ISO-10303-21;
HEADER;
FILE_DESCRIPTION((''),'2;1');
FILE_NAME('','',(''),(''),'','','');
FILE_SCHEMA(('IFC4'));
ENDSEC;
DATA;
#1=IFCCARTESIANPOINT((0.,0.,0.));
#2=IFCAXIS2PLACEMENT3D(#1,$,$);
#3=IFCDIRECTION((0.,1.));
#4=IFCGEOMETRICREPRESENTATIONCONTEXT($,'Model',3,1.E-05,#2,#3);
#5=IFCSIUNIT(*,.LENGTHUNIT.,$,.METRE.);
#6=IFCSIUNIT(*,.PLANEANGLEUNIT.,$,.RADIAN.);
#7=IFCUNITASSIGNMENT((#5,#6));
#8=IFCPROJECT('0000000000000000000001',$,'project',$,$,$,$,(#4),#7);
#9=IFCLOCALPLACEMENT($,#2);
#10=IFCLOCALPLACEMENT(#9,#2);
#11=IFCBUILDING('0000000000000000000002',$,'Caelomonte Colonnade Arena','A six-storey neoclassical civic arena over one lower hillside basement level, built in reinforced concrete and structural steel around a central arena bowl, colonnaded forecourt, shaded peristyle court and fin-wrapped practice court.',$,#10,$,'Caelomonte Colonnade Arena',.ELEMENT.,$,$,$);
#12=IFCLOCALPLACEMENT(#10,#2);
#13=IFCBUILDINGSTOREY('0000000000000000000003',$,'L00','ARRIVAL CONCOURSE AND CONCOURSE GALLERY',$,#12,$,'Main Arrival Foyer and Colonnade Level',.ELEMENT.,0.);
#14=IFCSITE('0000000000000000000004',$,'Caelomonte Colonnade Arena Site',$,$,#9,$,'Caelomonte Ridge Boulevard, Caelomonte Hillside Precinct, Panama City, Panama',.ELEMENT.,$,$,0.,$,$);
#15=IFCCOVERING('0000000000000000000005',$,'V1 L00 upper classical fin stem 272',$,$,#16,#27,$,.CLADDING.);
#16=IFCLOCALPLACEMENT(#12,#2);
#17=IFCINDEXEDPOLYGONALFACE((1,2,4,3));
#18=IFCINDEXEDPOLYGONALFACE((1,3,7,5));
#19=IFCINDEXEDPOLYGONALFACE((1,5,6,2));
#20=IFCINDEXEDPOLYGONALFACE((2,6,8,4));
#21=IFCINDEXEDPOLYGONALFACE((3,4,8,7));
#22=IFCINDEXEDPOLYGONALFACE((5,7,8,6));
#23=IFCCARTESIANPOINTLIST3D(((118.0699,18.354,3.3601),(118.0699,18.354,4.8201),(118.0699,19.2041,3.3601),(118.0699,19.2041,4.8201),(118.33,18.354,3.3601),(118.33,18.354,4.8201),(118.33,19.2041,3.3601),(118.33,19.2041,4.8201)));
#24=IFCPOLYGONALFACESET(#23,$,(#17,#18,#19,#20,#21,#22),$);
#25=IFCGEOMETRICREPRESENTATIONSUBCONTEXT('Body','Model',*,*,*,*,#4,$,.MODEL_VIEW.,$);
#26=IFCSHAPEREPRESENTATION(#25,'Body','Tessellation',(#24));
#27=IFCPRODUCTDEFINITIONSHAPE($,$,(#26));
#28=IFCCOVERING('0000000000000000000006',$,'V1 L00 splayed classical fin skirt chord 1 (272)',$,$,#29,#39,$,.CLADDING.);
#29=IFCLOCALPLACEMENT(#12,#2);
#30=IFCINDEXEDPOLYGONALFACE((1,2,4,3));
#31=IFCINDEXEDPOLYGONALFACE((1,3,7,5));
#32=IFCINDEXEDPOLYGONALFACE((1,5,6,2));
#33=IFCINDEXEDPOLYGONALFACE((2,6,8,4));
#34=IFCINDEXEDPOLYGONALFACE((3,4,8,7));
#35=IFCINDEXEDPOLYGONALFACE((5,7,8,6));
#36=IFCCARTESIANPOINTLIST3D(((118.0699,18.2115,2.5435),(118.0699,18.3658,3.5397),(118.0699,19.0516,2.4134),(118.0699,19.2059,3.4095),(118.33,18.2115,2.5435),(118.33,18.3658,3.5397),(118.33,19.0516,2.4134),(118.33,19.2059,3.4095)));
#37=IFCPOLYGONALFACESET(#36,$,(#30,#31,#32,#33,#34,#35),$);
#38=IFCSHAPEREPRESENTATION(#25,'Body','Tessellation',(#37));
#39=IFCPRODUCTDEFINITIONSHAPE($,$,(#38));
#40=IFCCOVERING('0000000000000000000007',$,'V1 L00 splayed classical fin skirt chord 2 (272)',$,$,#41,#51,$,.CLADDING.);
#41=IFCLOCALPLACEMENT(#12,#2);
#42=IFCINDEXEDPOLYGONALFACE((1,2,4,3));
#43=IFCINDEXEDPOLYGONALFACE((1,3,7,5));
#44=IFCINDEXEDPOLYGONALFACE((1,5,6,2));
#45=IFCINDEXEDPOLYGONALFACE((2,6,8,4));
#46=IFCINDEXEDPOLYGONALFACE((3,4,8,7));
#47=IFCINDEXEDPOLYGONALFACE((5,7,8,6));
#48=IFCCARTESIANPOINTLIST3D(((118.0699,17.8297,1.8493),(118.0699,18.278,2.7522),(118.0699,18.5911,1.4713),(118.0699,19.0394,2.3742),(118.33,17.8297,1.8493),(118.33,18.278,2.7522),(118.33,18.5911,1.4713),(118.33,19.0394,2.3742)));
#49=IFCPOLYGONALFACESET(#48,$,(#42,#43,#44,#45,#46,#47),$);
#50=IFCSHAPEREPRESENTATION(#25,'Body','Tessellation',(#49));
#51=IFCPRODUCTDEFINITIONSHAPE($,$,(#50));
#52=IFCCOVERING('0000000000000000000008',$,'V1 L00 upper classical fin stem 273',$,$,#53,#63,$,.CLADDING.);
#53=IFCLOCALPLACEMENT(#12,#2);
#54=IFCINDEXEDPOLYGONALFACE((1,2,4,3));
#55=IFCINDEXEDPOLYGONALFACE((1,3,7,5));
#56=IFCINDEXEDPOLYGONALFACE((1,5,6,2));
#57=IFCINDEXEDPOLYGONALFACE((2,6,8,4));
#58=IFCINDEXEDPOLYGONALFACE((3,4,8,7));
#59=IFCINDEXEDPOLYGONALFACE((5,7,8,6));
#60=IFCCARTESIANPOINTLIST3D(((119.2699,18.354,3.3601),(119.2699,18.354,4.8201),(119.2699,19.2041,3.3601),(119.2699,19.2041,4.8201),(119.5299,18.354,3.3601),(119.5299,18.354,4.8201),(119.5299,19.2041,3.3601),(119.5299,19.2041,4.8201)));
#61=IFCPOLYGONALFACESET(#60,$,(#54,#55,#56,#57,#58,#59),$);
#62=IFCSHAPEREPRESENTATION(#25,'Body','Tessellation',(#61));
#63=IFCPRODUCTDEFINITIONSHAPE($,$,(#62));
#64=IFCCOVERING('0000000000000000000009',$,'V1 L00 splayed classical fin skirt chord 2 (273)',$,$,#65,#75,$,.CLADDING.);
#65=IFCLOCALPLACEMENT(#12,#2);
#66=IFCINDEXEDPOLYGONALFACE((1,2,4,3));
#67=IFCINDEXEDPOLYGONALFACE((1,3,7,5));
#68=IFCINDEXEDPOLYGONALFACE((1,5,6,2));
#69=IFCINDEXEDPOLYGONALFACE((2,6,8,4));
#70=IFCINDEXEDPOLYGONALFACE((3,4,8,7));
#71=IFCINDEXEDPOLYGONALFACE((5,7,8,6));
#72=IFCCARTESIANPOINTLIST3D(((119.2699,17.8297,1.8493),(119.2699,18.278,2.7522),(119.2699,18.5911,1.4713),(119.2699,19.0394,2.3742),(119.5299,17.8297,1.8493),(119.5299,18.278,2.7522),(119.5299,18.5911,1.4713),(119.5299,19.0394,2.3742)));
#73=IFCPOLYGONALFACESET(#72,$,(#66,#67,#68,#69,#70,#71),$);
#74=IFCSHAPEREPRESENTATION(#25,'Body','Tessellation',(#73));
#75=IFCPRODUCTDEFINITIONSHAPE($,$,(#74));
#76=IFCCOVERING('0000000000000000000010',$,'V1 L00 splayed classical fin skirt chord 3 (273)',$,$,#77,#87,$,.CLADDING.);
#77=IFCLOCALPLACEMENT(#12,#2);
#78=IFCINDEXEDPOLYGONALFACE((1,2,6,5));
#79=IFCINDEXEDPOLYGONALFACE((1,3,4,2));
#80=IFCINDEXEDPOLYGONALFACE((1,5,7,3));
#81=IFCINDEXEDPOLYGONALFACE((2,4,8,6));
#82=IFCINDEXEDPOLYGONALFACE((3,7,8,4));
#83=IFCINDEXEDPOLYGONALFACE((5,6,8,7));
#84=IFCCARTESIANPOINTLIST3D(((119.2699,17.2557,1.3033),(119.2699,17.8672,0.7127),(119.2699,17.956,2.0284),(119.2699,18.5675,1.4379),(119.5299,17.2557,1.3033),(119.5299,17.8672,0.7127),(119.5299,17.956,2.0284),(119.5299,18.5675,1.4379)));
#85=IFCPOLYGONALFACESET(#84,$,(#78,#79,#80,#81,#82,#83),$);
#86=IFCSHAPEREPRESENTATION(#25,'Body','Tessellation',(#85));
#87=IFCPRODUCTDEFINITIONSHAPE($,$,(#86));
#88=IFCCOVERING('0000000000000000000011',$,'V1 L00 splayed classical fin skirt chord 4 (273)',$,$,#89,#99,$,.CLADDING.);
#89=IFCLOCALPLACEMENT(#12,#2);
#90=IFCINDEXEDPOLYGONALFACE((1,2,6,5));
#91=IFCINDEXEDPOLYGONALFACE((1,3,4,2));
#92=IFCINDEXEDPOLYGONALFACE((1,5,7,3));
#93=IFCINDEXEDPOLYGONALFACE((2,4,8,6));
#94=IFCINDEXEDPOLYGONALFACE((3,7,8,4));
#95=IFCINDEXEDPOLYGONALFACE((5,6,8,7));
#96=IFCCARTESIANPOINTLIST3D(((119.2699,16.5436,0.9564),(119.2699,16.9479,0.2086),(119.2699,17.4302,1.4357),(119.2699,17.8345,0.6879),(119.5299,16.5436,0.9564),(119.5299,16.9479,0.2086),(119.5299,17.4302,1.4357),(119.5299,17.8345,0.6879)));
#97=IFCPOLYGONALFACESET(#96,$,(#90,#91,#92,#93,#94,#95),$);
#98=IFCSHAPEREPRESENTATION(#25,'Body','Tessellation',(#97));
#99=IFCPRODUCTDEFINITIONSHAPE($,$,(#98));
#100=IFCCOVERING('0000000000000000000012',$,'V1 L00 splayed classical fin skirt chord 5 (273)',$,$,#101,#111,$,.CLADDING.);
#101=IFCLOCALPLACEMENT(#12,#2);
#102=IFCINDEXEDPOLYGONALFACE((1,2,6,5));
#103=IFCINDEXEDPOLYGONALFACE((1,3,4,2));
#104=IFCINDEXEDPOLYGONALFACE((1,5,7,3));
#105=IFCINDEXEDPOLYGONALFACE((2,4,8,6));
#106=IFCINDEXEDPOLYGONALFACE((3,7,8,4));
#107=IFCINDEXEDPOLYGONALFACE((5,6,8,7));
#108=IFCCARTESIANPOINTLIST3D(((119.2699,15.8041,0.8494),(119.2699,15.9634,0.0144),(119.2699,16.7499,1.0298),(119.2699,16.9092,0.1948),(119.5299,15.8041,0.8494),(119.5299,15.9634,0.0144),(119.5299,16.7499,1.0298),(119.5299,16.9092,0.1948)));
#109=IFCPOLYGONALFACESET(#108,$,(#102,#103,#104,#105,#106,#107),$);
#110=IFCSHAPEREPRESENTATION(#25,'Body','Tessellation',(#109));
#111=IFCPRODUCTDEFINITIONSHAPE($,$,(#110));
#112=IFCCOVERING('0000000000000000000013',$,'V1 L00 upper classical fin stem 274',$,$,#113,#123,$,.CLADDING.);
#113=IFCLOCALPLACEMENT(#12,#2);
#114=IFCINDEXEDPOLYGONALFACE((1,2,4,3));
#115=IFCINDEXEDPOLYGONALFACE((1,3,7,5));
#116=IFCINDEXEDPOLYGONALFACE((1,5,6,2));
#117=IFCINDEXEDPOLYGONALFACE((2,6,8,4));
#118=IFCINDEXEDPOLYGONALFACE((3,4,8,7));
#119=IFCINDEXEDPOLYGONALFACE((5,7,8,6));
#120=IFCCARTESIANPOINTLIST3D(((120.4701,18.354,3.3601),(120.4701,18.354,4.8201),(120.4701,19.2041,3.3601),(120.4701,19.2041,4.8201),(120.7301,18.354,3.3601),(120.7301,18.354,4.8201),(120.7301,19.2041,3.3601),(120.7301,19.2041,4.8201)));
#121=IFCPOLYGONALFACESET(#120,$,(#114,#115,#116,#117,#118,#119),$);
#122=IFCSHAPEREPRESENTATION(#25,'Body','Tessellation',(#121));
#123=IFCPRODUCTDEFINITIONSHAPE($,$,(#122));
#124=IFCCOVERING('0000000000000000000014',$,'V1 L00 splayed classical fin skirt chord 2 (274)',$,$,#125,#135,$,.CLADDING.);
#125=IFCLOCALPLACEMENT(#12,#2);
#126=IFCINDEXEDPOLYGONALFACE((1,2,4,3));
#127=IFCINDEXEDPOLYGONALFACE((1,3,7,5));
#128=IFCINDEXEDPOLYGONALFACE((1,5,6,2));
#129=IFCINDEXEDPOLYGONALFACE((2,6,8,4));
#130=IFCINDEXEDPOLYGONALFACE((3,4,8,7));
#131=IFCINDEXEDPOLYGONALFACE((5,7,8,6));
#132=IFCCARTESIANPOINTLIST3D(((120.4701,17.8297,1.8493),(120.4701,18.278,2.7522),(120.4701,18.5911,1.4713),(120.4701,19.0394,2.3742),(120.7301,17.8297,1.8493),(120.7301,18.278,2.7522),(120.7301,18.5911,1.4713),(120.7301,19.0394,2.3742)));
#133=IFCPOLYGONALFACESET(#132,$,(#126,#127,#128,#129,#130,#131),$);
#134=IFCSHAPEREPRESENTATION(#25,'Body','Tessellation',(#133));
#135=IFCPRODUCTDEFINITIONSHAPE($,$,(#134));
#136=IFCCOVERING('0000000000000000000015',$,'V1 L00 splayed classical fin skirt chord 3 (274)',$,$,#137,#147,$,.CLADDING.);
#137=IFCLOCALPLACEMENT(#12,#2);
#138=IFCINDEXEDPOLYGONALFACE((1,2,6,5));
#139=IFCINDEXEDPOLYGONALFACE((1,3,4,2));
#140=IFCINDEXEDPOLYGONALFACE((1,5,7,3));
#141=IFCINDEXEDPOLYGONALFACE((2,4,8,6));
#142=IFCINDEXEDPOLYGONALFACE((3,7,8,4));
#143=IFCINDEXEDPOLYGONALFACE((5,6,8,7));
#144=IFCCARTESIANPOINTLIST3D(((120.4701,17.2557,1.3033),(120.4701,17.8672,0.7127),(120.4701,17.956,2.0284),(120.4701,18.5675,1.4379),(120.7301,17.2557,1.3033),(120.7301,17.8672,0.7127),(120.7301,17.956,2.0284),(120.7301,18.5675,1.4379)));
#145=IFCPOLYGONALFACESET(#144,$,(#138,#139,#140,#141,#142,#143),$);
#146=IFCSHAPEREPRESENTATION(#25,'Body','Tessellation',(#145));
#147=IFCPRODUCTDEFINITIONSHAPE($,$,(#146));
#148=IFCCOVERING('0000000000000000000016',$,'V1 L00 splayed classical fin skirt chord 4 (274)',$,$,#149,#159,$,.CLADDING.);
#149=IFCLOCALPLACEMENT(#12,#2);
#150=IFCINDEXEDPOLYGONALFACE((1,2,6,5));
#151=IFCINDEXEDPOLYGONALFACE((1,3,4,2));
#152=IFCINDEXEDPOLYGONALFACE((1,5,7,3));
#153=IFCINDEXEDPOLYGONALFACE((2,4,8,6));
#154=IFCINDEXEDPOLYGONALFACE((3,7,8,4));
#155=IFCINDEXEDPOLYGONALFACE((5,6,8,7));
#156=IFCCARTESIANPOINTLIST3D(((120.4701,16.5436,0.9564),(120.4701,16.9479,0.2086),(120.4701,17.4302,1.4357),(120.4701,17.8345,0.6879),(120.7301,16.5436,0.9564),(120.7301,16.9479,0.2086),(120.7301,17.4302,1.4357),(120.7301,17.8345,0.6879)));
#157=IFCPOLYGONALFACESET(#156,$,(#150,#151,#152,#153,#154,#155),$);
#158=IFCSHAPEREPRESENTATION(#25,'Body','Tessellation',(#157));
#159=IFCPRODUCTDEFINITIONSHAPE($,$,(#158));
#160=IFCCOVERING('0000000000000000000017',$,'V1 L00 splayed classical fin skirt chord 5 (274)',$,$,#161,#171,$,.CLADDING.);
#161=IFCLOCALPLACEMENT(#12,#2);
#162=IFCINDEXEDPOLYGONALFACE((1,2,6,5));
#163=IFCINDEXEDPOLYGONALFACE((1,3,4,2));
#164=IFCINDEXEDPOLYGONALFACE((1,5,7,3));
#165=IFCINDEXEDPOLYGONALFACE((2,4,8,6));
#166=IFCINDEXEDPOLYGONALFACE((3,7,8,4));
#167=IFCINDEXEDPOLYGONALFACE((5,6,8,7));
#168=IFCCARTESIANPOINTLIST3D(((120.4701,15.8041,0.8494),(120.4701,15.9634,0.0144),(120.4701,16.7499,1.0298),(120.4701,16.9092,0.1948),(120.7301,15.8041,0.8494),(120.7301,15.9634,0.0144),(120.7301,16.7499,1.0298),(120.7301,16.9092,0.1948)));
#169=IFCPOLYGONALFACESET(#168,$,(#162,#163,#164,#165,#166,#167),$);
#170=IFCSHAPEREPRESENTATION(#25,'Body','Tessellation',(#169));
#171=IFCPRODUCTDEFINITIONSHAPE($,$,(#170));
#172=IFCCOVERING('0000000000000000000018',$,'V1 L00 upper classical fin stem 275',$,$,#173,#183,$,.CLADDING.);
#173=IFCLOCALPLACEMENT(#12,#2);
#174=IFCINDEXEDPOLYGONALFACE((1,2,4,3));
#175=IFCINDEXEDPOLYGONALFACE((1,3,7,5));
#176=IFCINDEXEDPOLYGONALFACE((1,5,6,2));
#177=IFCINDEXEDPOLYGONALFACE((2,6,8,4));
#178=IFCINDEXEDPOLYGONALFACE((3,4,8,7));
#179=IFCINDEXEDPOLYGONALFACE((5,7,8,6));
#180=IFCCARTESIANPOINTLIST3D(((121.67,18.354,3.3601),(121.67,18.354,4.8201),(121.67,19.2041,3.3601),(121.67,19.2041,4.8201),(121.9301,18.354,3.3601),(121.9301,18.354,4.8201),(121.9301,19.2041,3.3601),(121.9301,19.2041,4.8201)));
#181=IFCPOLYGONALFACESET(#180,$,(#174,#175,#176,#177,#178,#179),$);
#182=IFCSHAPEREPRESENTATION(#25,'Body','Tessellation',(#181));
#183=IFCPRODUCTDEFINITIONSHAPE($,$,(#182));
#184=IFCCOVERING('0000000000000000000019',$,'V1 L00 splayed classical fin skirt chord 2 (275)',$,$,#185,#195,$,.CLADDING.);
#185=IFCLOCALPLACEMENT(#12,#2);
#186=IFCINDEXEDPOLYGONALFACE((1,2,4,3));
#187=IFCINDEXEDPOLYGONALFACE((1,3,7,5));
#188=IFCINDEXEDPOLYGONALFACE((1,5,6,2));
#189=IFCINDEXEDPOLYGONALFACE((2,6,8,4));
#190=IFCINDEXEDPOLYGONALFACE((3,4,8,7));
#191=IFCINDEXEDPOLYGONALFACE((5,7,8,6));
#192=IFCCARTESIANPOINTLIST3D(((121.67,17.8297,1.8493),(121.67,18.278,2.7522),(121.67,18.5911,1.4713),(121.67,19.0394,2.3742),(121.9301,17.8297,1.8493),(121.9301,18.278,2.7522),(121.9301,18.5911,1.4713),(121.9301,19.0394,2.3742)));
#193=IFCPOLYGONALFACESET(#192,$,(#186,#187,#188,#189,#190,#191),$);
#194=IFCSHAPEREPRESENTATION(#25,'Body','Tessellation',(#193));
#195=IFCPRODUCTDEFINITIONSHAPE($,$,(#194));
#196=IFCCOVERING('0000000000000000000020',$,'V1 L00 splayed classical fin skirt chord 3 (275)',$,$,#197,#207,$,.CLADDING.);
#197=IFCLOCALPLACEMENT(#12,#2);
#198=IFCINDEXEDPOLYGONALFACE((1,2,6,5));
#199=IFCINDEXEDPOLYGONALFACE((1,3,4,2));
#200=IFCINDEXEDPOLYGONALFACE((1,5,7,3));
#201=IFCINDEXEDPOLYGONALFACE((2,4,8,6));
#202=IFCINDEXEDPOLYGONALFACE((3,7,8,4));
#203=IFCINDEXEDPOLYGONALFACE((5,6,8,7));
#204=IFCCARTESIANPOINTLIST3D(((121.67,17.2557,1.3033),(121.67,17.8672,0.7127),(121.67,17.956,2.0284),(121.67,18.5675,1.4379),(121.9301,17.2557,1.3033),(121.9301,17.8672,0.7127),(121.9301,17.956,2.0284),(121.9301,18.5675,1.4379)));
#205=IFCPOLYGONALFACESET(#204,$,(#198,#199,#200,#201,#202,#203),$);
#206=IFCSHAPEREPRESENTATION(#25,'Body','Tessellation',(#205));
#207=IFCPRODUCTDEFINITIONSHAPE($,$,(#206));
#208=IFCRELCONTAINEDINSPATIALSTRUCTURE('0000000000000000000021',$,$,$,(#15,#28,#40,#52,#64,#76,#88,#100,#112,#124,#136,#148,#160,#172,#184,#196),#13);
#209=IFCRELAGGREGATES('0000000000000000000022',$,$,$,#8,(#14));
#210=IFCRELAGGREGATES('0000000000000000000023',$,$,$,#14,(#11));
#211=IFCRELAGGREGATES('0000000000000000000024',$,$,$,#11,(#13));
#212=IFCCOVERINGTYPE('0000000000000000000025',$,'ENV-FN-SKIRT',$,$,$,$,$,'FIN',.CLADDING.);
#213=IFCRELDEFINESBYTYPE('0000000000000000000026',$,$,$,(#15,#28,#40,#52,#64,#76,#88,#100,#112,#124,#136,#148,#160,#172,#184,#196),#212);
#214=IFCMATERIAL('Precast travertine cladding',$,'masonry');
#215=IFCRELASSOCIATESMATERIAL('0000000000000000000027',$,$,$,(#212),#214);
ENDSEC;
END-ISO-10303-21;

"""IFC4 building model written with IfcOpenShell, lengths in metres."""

from ifc_helpers import new_model, si_unit, direction, frame, origin, origin_2d, place, context, subcontext, project, spatial, rectangle, extrude, material, material_profile, profile_set, type_object, element, save


model = new_model("IFC4")

# Units and contexts
model_context = context("Model", 3, precision=1e-05, world=origin(), true_north=direction((0.0, 1.0)))
body_context = subcontext(model_context, "Body", "Model", "MODEL_VIEW")
ifc_project = project(units=[si_unit("LENGTHUNIT", "METRE"), si_unit("PLANEANGLEUNIT", "RADIAN")], contexts=[model_context])

# Site, building, storey
site_placement = place(None, origin())
site = spatial("IfcSite", under=ifc_project, at=site_placement, Name="Caelomonte Colonnade Arena Site", LongName="Caelomonte Ridge Boulevard, Caelomonte Hillside Precinct, Panama City, Panama", CompositionType="ELEMENT", RefElevation=0.0)
building_placement = place(site_placement, origin())
building = spatial("IfcBuilding", under=site, at=building_placement, Name="Caelomonte Colonnade Arena", Description="A six-storey neoclassical civic arena over one lower hillside basement level, built in reinforced concrete and structural steel around a central arena bowl, colonnaded forecourt, shaded peristyle court and fin-wrapped practice court.", LongName="Caelomonte Colonnade Arena", CompositionType="ELEMENT")
storey_placement = place(building_placement, origin())
storey = spatial("IfcBuildingStorey", under=building, at=storey_placement, Name="L00", Description="ARRIVAL CONCOURSE AND CONCOURSE GALLERY", LongName="Main Arrival Foyer and Colonnade Level", CompositionType="ELEMENT", Elevation=0.0)

# Coverings
ifc_material = material(Name="Precast travertine cladding", Category="masonry")
ifc_material_profile = material_profile(ifc_material, rectangle(XDim=0.26, YDim=0.8501, at=origin_2d()), Name="FIN260X850")
ifc_profile_set = profile_set([ifc_material_profile], Name="Precast travertine cladding")
covering_type = type_object("IfcCoveringType", Name="ENV-FN-SKIRT", ElementType="FIN", PredefinedType="CLADDING", material=ifc_profile_set)
covering_1_placement = place(storey_placement, frame((118.2, 18.7791, 3.3601), z_axis=(0.0, 0.0, 1.0), x_axis=(-1.0, 0.0, 0.0)))
element("IfcCovering", 1, at=covering_1_placement, inside=storey, type_object=covering_type, Name="V1 L00 upper classical fin stem 272", PredefinedType="CLADDING", context=body_context, shape_type="SweptSolid", body=[
    extrude(rectangle(XDim=0.26, YDim=0.8501, at=origin_2d()), origin(), (0.0, 0.0, 1.0), 1.46),
])
for number, where, z_axis, x_axis, name in (
    (2, (118.2, 18.7859, 3.4746), (0.0, -0.153076, -0.988214), (-1.0, 0.0, 0.0), "V1 L00 splayed classical fin skirt chord 1 (272)"),
    (3, (118.2, 18.6587, 2.5632), (0.0, -0.444693, -0.895683), (-1.0, 0.0, 0.0), "V1 L00 splayed classical fin skirt chord 2 (272)"),
):
    element("IfcCovering", number, at=place(storey_placement, frame(where, z_axis=z_axis, x_axis=x_axis)), inside=storey, type_object=covering_type, Name=name, PredefinedType="CLADDING", context=body_context, shape_type="SweptSolid", body=[
        extrude(rectangle(XDim=0.26, YDim=0.8501, at=origin_2d()), origin(), (0.0, 0.0, 1.0), 1.0081),
    ])
covering_2_placement = place(storey_placement, frame((119.3999, 18.7791, 3.3601), z_axis=(0.0, 0.0, 1.0), x_axis=(-1.0, 0.0, 0.0)))
element("IfcCovering", 4, at=covering_2_placement, inside=storey, type_object=covering_type, Name="V1 L00 upper classical fin stem 273", PredefinedType="CLADDING", context=body_context, shape_type="SweptSolid", body=[
    extrude(rectangle(XDim=0.26, YDim=0.8501, at=origin_2d()), origin(), (0.0, 0.0, 1.0), 1.46),
])
for number, where, z_axis, x_axis, name in (
    (5, (119.3999, 18.6587, 2.5632), (0.0, -0.444693, -0.895683), (-1.0, 0.0, 0.0), "V1 L00 splayed classical fin skirt chord 2 (273)"),
    (6, (119.3999, 18.2617, 1.7332), (0.0, -0.694646, -0.719351), (-1.0, 0.0, 0.0), "V1 L00 splayed classical fin skirt chord 3 (273)"),
):
    element("IfcCovering", number, at=place(storey_placement, frame(where, z_axis=z_axis, x_axis=x_axis)), inside=storey, type_object=covering_type, Name=name, PredefinedType="CLADDING", context=body_context, shape_type="SweptSolid", body=[
        extrude(rectangle(XDim=0.26, YDim=0.8501, at=origin_2d()), origin(), (0.0, 0.0, 1.0), 1.0081),
    ])
covering_3_placement = place(storey_placement, frame((119.3999, 17.6323, 1.0618), z_axis=(0.0, -0.879676, -0.475573), x_axis=(-1.0, 0.0, 0.0)))
element("IfcCovering", 7, at=covering_3_placement, inside=storey, type_object=covering_type, Name="V1 L00 splayed classical fin skirt chord 4 (273)", PredefinedType="CLADDING", context=body_context, shape_type="SweptSolid", body=[
    extrude(rectangle(XDim=0.26, YDim=0.8501, at=origin_2d()), origin(), (0.0, 0.0, 1.0), 1.0078),
])
covering_4_placement = place(storey_placement, frame((119.3999, 16.8296, 0.6123), z_axis=(0.0, -0.982287, -0.18738), x_axis=(-1.0, 0.0, 0.0)))
element("IfcCovering", 8, at=covering_4_placement, inside=storey, type_object=covering_type, Name="V1 L00 splayed classical fin skirt chord 5 (273)", PredefinedType="CLADDING", context=body_context, shape_type="SweptSolid", body=[
    extrude(rectangle(XDim=0.26, YDim=0.8501, at=origin_2d()), origin(), (0.0, 0.0, 1.0), 0.9629),
])
covering_5_placement = place(storey_placement, frame((120.6001, 18.7791, 3.3601), z_axis=(0.0, 0.0, 1.0), x_axis=(-1.0, 0.0, 0.0)))
element("IfcCovering", 9, at=covering_5_placement, inside=storey, type_object=covering_type, Name="V1 L00 upper classical fin stem 274", PredefinedType="CLADDING", context=body_context, shape_type="SweptSolid", body=[
    extrude(rectangle(XDim=0.26, YDim=0.8501, at=origin_2d()), origin(), (0.0, 0.0, 1.0), 1.46),
])
for number, where, z_axis, x_axis, name in (
    (10, (120.6001, 18.6587, 2.5632), (0.0, -0.444693, -0.895683), (-1.0, 0.0, 0.0), "V1 L00 splayed classical fin skirt chord 2 (274)"),
    (11, (120.6001, 18.2617, 1.7332), (0.0, -0.694646, -0.719351), (-1.0, 0.0, 0.0), "V1 L00 splayed classical fin skirt chord 3 (274)"),
):
    element("IfcCovering", number, at=place(storey_placement, frame(where, z_axis=z_axis, x_axis=x_axis)), inside=storey, type_object=covering_type, Name=name, PredefinedType="CLADDING", context=body_context, shape_type="SweptSolid", body=[
        extrude(rectangle(XDim=0.26, YDim=0.8501, at=origin_2d()), origin(), (0.0, 0.0, 1.0), 1.0081),
    ])
covering_6_placement = place(storey_placement, frame((120.6001, 17.6323, 1.0618), z_axis=(0.0, -0.879676, -0.475573), x_axis=(-1.0, 0.0, 0.0)))
element("IfcCovering", 12, at=covering_6_placement, inside=storey, type_object=covering_type, Name="V1 L00 splayed classical fin skirt chord 4 (274)", PredefinedType="CLADDING", context=body_context, shape_type="SweptSolid", body=[
    extrude(rectangle(XDim=0.26, YDim=0.8501, at=origin_2d()), origin(), (0.0, 0.0, 1.0), 1.0078),
])
covering_7_placement = place(storey_placement, frame((120.6001, 16.8296, 0.6123), z_axis=(0.0, -0.982287, -0.18738), x_axis=(-1.0, 0.0, 0.0)))
element("IfcCovering", 13, at=covering_7_placement, inside=storey, type_object=covering_type, Name="V1 L00 splayed classical fin skirt chord 5 (274)", PredefinedType="CLADDING", context=body_context, shape_type="SweptSolid", body=[
    extrude(rectangle(XDim=0.26, YDim=0.8501, at=origin_2d()), origin(), (0.0, 0.0, 1.0), 0.9629),
])
covering_8_placement = place(storey_placement, frame((121.8, 18.7791, 3.3601), z_axis=(0.0, 0.0, 1.0), x_axis=(-1.0, 0.0, 0.0)))
element("IfcCovering", 14, at=covering_8_placement, inside=storey, type_object=covering_type, Name="V1 L00 upper classical fin stem 275", PredefinedType="CLADDING", context=body_context, shape_type="SweptSolid", body=[
    extrude(rectangle(XDim=0.26, YDim=0.8501, at=origin_2d()), origin(), (0.0, 0.0, 1.0), 1.46),
])
for number, where, z_axis, x_axis, name in (
    (15, (121.8, 18.6587, 2.5632), (0.0, -0.444693, -0.895683), (-1.0, 0.0, 0.0), "V1 L00 splayed classical fin skirt chord 2 (275)"),
    (16, (121.8, 18.2617, 1.7332), (0.0, -0.694646, -0.719351), (-1.0, 0.0, 0.0), "V1 L00 splayed classical fin skirt chord 3 (275)"),
):
    element("IfcCovering", number, at=place(storey_placement, frame(where, z_axis=z_axis, x_axis=x_axis)), inside=storey, type_object=covering_type, Name=name, PredefinedType="CLADDING", context=body_context, shape_type="SweptSolid", body=[
        extrude(rectangle(XDim=0.26, YDim=0.8501, at=origin_2d()), origin(), (0.0, 0.0, 1.0), 1.0081),
    ])

save(model, "model.ifc")
